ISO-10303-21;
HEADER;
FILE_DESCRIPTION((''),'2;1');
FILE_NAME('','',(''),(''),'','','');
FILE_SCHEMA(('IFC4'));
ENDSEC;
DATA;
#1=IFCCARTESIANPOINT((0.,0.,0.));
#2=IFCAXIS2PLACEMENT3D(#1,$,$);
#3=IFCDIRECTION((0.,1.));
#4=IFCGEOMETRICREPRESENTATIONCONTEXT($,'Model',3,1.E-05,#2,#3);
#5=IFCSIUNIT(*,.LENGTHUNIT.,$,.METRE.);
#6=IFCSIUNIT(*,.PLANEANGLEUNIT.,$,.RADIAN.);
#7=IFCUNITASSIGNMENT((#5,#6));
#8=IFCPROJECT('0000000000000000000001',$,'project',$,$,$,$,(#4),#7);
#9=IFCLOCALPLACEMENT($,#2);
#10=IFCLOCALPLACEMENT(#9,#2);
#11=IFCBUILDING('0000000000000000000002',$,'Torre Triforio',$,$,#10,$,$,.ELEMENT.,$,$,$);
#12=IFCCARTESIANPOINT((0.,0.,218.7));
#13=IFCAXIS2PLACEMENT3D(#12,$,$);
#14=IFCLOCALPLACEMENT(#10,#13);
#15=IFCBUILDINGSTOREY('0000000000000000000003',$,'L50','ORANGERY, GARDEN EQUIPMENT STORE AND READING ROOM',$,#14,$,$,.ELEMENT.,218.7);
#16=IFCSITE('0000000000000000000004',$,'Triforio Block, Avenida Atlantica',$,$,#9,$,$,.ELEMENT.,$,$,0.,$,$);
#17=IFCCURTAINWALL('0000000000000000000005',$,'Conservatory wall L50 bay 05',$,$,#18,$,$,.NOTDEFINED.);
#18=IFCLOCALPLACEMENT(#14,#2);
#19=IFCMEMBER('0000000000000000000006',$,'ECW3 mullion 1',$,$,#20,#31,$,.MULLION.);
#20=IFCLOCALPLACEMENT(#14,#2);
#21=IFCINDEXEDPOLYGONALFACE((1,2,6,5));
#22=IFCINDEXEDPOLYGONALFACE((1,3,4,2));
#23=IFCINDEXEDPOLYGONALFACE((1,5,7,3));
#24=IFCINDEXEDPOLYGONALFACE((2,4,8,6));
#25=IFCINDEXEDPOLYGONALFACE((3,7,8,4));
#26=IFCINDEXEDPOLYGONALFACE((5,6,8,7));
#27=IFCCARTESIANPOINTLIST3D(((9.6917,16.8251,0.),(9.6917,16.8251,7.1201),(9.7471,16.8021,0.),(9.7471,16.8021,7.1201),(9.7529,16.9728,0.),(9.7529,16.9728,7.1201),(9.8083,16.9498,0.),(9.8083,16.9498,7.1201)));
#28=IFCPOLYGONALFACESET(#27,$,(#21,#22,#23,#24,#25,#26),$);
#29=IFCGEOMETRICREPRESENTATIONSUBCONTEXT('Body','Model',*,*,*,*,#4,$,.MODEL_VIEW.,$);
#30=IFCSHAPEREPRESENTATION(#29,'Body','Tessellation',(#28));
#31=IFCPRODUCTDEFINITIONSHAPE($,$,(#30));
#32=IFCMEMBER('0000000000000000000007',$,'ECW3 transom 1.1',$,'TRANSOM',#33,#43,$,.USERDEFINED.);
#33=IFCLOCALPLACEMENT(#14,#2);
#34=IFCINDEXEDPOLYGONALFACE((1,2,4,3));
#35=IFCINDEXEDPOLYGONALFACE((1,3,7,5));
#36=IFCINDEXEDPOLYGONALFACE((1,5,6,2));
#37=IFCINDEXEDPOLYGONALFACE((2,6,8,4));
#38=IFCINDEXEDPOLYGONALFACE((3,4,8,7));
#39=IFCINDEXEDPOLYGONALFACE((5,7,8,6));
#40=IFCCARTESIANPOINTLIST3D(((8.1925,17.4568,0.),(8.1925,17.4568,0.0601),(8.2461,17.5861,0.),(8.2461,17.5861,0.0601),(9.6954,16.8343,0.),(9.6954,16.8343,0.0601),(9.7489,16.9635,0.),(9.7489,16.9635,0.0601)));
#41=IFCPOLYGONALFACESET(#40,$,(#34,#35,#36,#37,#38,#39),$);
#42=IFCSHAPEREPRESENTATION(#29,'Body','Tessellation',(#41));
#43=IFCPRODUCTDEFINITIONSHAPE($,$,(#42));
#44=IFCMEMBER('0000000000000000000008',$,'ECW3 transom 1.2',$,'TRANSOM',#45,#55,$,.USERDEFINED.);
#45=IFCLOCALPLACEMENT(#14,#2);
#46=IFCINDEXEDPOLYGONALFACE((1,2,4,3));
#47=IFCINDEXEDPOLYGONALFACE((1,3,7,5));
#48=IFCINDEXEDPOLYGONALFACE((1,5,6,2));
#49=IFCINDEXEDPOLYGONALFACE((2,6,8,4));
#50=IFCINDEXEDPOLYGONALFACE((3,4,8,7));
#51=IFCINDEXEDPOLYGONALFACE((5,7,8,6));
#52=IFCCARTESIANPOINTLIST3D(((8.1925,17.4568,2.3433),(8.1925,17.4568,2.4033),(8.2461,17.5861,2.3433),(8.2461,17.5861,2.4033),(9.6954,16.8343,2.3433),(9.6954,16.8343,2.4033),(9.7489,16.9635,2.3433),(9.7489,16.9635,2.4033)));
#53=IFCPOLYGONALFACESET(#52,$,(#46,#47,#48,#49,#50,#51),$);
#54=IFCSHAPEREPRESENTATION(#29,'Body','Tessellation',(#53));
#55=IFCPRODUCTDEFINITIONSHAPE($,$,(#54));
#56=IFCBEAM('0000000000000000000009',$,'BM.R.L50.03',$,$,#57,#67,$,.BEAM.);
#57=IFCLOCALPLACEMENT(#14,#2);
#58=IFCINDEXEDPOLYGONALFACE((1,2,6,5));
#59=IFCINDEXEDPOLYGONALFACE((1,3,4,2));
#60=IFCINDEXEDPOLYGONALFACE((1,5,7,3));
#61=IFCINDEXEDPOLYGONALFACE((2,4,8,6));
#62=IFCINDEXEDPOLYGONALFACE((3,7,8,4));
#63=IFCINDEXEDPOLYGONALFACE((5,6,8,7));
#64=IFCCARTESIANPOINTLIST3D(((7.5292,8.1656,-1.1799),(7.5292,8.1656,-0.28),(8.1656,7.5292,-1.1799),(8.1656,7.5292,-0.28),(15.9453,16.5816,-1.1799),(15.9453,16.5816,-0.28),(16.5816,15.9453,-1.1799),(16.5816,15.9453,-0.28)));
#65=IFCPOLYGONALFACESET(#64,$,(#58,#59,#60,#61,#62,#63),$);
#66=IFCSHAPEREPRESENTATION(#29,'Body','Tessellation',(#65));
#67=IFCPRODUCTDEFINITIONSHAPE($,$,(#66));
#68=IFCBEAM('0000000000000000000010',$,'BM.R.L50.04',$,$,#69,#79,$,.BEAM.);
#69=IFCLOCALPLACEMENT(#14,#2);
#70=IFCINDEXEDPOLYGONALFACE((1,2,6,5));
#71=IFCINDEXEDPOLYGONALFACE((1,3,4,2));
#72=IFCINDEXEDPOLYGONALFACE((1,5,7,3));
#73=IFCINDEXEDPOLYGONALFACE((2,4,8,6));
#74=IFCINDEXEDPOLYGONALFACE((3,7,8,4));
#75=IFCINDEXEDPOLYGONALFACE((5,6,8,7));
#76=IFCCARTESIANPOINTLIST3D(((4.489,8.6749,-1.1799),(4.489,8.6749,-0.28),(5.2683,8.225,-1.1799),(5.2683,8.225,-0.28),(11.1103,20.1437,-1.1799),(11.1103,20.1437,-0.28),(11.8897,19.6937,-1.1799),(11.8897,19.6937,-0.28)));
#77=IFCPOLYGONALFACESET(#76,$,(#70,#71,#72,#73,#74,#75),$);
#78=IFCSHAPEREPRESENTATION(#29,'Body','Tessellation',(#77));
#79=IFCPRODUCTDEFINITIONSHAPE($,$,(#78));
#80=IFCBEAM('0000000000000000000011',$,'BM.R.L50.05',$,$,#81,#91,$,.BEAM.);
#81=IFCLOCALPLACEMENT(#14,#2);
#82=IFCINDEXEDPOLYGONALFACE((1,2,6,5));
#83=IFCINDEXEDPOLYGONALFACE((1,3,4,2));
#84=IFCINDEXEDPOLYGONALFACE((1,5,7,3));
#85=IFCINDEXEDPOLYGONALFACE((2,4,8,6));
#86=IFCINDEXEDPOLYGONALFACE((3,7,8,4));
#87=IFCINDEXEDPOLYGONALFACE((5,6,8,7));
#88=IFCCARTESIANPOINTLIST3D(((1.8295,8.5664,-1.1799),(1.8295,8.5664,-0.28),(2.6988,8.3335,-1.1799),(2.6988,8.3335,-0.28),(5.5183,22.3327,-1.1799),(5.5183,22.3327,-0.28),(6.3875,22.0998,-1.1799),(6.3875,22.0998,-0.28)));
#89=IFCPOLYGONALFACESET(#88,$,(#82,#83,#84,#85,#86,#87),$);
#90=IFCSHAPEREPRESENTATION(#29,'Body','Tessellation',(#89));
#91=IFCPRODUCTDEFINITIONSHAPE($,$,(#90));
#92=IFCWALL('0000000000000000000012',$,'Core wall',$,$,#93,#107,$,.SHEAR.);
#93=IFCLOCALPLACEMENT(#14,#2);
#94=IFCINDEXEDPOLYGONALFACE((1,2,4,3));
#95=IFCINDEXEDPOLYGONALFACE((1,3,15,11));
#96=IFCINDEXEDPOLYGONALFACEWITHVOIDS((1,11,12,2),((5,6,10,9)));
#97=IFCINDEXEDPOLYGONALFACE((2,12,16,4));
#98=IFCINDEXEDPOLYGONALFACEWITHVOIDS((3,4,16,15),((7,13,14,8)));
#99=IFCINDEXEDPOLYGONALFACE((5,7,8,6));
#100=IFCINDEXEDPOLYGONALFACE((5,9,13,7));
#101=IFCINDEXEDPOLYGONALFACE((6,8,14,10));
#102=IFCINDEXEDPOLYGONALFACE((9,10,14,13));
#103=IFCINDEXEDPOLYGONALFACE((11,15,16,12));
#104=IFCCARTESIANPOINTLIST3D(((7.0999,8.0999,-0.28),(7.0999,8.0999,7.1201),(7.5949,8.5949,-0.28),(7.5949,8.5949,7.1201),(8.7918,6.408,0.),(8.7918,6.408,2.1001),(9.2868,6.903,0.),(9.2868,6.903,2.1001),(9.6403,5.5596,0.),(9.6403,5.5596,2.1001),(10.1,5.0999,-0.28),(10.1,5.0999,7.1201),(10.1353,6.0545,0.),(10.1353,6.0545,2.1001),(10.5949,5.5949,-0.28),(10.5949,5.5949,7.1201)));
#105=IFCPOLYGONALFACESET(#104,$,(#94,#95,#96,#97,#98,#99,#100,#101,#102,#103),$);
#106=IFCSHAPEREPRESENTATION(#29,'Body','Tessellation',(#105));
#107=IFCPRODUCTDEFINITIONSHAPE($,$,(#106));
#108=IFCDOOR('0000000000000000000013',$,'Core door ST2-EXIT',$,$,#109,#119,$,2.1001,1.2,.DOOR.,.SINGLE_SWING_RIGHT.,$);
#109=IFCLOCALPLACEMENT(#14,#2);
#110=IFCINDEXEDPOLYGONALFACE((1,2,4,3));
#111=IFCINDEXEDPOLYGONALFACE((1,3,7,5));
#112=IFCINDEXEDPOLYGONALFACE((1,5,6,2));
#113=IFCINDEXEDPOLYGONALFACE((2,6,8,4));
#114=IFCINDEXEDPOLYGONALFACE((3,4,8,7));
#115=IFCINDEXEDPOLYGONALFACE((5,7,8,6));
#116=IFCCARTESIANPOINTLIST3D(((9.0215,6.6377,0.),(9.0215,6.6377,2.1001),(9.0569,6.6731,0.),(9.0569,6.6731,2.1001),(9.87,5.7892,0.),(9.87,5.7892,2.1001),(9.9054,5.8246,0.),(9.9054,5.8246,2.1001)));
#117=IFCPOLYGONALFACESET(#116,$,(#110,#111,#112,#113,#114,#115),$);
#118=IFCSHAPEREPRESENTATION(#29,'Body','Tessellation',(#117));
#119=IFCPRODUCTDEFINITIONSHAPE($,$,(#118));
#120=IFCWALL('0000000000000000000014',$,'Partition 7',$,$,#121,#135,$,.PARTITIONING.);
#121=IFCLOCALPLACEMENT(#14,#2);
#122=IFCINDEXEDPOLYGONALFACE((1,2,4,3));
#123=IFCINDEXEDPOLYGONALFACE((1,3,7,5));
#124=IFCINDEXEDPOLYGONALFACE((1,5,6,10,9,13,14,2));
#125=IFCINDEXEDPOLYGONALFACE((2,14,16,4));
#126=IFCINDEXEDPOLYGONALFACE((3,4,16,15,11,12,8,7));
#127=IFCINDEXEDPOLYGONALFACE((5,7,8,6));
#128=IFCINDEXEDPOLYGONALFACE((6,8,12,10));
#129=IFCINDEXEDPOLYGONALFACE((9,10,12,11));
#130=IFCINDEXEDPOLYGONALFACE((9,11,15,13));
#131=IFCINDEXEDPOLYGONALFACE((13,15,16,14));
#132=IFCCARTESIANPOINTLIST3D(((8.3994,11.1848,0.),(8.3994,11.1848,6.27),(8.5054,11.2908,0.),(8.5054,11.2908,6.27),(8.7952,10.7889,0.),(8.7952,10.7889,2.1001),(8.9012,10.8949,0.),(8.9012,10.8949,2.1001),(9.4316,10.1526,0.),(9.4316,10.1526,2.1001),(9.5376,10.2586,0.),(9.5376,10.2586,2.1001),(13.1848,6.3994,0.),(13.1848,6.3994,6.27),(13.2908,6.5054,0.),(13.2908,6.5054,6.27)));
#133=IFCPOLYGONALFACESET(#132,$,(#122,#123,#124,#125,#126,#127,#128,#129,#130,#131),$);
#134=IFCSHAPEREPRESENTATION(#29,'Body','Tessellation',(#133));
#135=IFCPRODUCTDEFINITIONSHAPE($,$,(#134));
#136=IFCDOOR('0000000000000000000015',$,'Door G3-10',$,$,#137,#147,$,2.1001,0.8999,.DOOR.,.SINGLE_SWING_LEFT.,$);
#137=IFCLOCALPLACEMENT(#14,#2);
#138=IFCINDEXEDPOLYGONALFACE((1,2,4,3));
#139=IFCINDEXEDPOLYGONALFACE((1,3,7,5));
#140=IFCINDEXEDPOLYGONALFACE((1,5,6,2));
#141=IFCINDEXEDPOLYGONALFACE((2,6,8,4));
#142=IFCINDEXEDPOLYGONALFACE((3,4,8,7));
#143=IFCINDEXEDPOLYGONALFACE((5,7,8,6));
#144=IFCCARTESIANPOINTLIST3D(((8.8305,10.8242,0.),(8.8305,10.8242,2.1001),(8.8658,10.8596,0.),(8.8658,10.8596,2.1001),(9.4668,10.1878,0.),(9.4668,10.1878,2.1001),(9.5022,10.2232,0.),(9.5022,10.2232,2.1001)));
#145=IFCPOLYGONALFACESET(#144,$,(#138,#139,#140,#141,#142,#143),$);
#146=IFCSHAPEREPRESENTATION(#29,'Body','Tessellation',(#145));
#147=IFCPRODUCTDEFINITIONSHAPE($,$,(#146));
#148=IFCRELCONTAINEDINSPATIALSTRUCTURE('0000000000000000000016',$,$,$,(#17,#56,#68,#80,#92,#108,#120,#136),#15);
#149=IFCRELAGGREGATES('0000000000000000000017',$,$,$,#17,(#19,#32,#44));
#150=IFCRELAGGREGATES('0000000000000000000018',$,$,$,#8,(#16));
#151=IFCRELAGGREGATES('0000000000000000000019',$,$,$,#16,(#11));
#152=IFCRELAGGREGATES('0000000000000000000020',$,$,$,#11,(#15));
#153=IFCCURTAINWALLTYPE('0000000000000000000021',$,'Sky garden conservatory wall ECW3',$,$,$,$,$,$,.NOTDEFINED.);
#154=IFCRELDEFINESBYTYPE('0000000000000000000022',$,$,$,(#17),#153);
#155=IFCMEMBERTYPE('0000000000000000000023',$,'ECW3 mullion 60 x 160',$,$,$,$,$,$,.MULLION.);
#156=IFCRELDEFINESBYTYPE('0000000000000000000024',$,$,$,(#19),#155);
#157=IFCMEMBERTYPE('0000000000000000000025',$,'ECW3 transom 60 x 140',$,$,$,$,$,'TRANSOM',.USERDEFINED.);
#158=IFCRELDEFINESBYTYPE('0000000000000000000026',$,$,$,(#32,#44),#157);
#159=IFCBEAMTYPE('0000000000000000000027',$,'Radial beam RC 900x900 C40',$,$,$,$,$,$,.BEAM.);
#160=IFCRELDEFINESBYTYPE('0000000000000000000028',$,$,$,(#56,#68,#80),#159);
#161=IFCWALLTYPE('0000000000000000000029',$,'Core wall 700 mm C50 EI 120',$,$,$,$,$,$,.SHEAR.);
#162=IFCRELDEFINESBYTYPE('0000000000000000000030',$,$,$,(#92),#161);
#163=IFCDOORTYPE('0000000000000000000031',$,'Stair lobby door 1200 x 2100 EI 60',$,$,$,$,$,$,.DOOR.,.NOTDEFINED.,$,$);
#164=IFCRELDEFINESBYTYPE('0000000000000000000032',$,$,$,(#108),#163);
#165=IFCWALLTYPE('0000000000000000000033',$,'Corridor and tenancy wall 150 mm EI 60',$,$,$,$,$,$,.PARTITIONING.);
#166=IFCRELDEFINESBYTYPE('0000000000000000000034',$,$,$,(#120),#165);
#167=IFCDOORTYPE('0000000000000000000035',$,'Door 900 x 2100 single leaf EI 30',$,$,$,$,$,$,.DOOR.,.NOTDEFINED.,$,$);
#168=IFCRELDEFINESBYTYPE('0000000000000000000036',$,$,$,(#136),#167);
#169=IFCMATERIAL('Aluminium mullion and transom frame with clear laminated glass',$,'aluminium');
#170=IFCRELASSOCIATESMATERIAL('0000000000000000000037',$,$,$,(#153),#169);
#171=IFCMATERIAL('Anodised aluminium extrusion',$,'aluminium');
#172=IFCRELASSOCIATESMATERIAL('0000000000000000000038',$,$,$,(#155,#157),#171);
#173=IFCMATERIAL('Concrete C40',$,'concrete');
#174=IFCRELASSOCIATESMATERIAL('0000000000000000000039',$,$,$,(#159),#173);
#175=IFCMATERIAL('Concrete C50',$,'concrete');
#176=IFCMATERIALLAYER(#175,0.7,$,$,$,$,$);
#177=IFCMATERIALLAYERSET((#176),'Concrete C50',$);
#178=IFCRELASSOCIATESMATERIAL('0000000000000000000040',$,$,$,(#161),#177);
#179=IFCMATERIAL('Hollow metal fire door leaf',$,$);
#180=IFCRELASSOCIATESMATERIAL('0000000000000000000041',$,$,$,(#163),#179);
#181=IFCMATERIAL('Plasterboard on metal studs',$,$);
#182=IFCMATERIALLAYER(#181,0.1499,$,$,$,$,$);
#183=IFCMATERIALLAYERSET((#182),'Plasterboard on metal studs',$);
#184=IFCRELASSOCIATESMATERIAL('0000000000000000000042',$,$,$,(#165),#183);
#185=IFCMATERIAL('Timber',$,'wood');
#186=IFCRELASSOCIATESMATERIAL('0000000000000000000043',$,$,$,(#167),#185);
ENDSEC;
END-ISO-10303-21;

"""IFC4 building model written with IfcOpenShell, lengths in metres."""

from ifc_helpers import new_model, si_unit, direction, frame, frame_2d, origin, origin_2d, place, context, subcontext, project, spatial, rectangle, extrude, material, layer, layer_set, material_profile, profile_set, type_object, element, fill, aggregate, save


model = new_model("IFC4")

# Units and contexts
model_context = context("Model", 3, precision=1e-05, world=origin(), true_north=direction((0.0, 1.0)))
body_context = subcontext(model_context, "Body", "Model", "MODEL_VIEW")
ifc_project = project(units=[si_unit("LENGTHUNIT", "METRE"), si_unit("PLANEANGLEUNIT", "RADIAN")], contexts=[model_context])

# Site, building, storey
site_placement = place(None, origin())
site = spatial("IfcSite", under=ifc_project, at=site_placement, Name="Triforio Block, Avenida Atlantica", CompositionType="ELEMENT", RefElevation=0.0)
building_placement = place(site_placement, origin())
building = spatial("IfcBuilding", under=site, at=building_placement, Name="Torre Triforio", CompositionType="ELEMENT")
storey_placement = place(building_placement, frame((0.0, 0.0, 218.7)))
storey = spatial("IfcBuildingStorey", under=building, at=storey_placement, Name="L50", Description="ORANGERY, GARDEN EQUIPMENT STORE AND READING ROOM", CompositionType="ELEMENT", Elevation=218.7)

# Curtain wall, members
ifc_material_1 = material(Name="Aluminium mullion and transom frame with clear laminated glass", Category="aluminium")
curtain_wall_type = type_object("IfcCurtainWallType", Name="Sky garden conservatory wall ECW3", PredefinedType="NOTDEFINED", material=ifc_material_1)
curtain_wall_placement = place(storey_placement, origin())
curtain_wall = element("IfcCurtainWall", 1, at=curtain_wall_placement, inside=storey, type_object=curtain_wall_type, Name="Conservatory wall L50 bay 05", PredefinedType="NOTDEFINED")
ifc_material_2 = material(Name="Anodised aluminium extrusion", Category="aluminium")
ifc_material_profile_1 = material_profile(ifc_material_2, rectangle(XDim=0.1599, YDim=0.0601, at=origin_2d()), Name="ECW3 MULLION 60x160")
ifc_profile_set_1 = profile_set([ifc_material_profile_1], Name="Anodised aluminium extrusion")
member_type_1 = type_object("IfcMemberType", Name="ECW3 mullion 60 x 160", PredefinedType="MULLION", material=ifc_profile_set_1)
member_1_placement = place(storey_placement, frame((9.75, 16.8875, 0.0), z_axis=(0.0, 0.0, 1.0), x_axis=(-0.382684, -0.923879, 0.0)))
member_1 = element("IfcMember", 2, at=member_1_placement, type_object=member_type_1, Name="ECW3 mullion 1", PredefinedType="MULLION", context=body_context, shape_type="SweptSolid", body=[
    extrude(rectangle(XDim=0.1599, YDim=0.0601, at=origin_2d()), origin(), (0.0, 0.0, 1.0), 7.1201),
])
ifc_material_profile_2 = material_profile(ifc_material_2, rectangle(XDim=0.1399, YDim=0.0601, at=origin_2d()), Name="ECW3 TRANSOM 60x140")
ifc_profile_set_2 = profile_set([ifc_material_profile_2], Name="Anodised aluminium extrusion")
member_type_2 = type_object("IfcMemberType", Name="ECW3 transom 60 x 140", ElementType="TRANSOM", PredefinedType="USERDEFINED", material=ifc_profile_set_2)
member_2_placement = place(storey_placement, frame((9.7222, 16.8989, 0.03), z_axis=(-0.923874, 0.382696, 0.0), x_axis=(-0.382696, -0.923874, 0.0)))
member_2 = element("IfcMember", 3, at=member_2_placement, type_object=member_type_2, Name="ECW3 transom 1.1", ObjectType="TRANSOM", PredefinedType="USERDEFINED", context=body_context, shape_type="SweptSolid", body=[
    extrude(rectangle(XDim=0.1399, YDim=0.0601, at=origin_2d()), origin(), (0.0, 0.0, 1.0), 1.6267),
])
member_3_placement = place(storey_placement, frame((9.7222, 16.8989, 2.3733), z_axis=(-0.923874, 0.382696, 0.0), x_axis=(-0.382696, -0.923874, 0.0)))
member_3 = element("IfcMember", 4, at=member_3_placement, type_object=member_type_2, Name="ECW3 transom 1.2", ObjectType="TRANSOM", PredefinedType="USERDEFINED", context=body_context, shape_type="SweptSolid", body=[
    extrude(rectangle(XDim=0.1399, YDim=0.0601, at=origin_2d()), origin(), (0.0, 0.0, 1.0), 1.6267),
])
aggregate(curtain_wall, [member_1, member_2, member_3])

# Beams
ifc_material_3 = material(Name="Concrete C40", Category="concrete")
ifc_material_profile_3 = material_profile(ifc_material_3, rectangle(XDim=0.8999, YDim=0.8999, at=origin_2d()), Name="RC 900x900")
ifc_profile_set_3 = profile_set([ifc_material_profile_3], Name="Concrete C40")
beam_type = type_object("IfcBeamType", Name="Radial beam RC 900x900 C40", PredefinedType="BEAM", material=ifc_profile_set_3)
beam_1_placement = place(storey_placement, frame((7.8474, 7.8474, -0.73), z_axis=(0.707107, 0.707107, 0.0), x_axis=(-0.707107, 0.707107, 0.0)))
element("IfcBeam", 5, at=beam_1_placement, inside=storey, type_object=beam_type, Name="BM.R.L50.03", PredefinedType="BEAM", context=body_context, shape_type="SweptSolid", body=[
    extrude(rectangle(XDim=0.8999, YDim=0.8999, at=origin_2d()), origin(), (0.0, 0.0, 1.0), 11.9021),
])
beam_2_placement = place(storey_placement, frame((4.8787, 8.45, -0.73), z_axis=(0.499992, 0.86603, 0.0), x_axis=(-0.86603, 0.499992, 0.0)))
element("IfcBeam", 6, at=beam_2_placement, inside=storey, type_object=beam_type, Name="BM.R.L50.04", PredefinedType="BEAM", context=body_context, shape_type="SweptSolid", body=[
    extrude(rectangle(XDim=0.8999, YDim=0.8999, at=origin_2d()), origin(), (0.0, 0.0, 1.0), 13.2429),
])
beam_3_placement = place(storey_placement, frame((2.2642, 8.45, -0.73), z_axis=(0.258821, 0.965925, 0.0), x_axis=(-0.965925, 0.258821, 0.0)))
element("IfcBeam", 7, at=beam_3_placement, inside=storey, type_object=beam_type, Name="BM.R.L50.05", PredefinedType="BEAM", context=body_context, shape_type="SweptSolid", body=[
    extrude(rectangle(XDim=0.8999, YDim=0.8999, at=origin_2d()), origin(), (0.0, 0.0, 1.0), 14.252),
])

# Walls, openings, doors
ifc_material_4 = material(Name="Concrete C50", Category="concrete")
ifc_layer_1 = layer(ifc_material_4, 0.7)
ifc_layer_set_1 = layer_set([ifc_layer_1], Name="Concrete C50")
wall_type_1 = type_object("IfcWallType", Name="Core wall 700 mm C50 EI 120", PredefinedType="SHEAR", material=ifc_layer_set_1)
wall_1_placement = place(storey_placement, frame((7.3474, 8.3474, -0.28), z_axis=(0.0, 0.0, 1.0), x_axis=(0.707107, -0.707107, 0.0)))
wall_1 = element("IfcWall", 8, at=wall_1_placement, inside=storey, type_object=wall_type_1, Name="Core wall", PredefinedType="SHEAR", context=body_context, shape_type="SweptSolid", body=[
    extrude(rectangle(XDim=4.2427, YDim=0.7, at=frame_2d((2.1213, 0.0))), origin(), (0.0, 0.0, 1.0), 7.4001),
])
opening_1_placement = place(wall_1_placement, frame((2.3926, 0.0, 0.28)))
opening_1 = element("IfcOpeningElement", 9, at=opening_1_placement, cuts=wall_1, PredefinedType="OPENING", context=body_context, shape_type="SweptSolid", body=[
    extrude(rectangle(XDim=1.2, YDim=2.1001, at=frame_2d((0.6001, 1.05))), frame((0.0, 0.3599, 0.0), z_axis=(0.0, -1.0, 0.0), x_axis=(1.0, 0.0, 0.0)), (0.0, 0.0, 1.0), 0.72),
])
ifc_material_5 = material(Name="Hollow metal fire door leaf")
door_type_1 = type_object("IfcDoorType", Name="Stair lobby door 1200 x 2100 EI 60", OperationType="NOTDEFINED", PredefinedType="DOOR", material=ifc_material_5)
door_1_placement = place(opening_1_placement, origin())
door_1 = element("IfcDoor", 10, at=door_1_placement, inside=storey, type_object=door_type_1, Name="Core door ST2-EXIT", OperationType="SINGLE_SWING_RIGHT", OverallHeight=2.1001, OverallWidth=1.2, PredefinedType="DOOR", context=body_context, shape_type="SweptSolid", body=[
    extrude(rectangle(XDim=1.2, YDim=2.1001, at=frame_2d((0.6001, 1.05))), frame((0.0, 0.0249, 0.0), z_axis=(0.0, -1.0, 0.0), x_axis=(1.0, 0.0, 0.0)), (0.0, 0.0, 1.0), 0.05),
])
fill(opening_1, door_1)
ifc_material_6 = material(Name="Plasterboard on metal studs")
ifc_layer_2 = layer(ifc_material_6, 0.1499)
ifc_layer_set_2 = layer_set([ifc_layer_2], Name="Plasterboard on metal studs")
wall_type_2 = type_object("IfcWallType", Name="Corridor and tenancy wall 150 mm EI 60", PredefinedType="PARTITIONING", material=ifc_layer_set_2)
wall_2_placement = place(storey_placement, frame((8.4524, 11.2378, 0.0), z_axis=(0.0, 0.0, 1.0), x_axis=(0.707107, -0.707107, 0.0)))
wall_2 = element("IfcWall", 11, at=wall_2_placement, inside=storey, type_object=wall_type_2, Name="Partition 7", PredefinedType="PARTITIONING", context=body_context, shape_type="SweptSolid", body=[
    extrude(rectangle(XDim=6.7676, YDim=0.1499, at=frame_2d((3.3838, 0.0))), origin(), (0.0, 0.0, 1.0), 6.27),
])
opening_2_placement = place(wall_2_placement, frame((0.5598, 0.0, 0.0)))
opening_2 = element("IfcOpeningElement", 12, at=opening_2_placement, cuts=wall_2, PredefinedType="OPENING", context=body_context, shape_type="SweptSolid", body=[
    extrude(rectangle(XDim=0.8999, YDim=2.1001, at=frame_2d((0.45, 1.05))), frame((0.0, 0.085, 0.0), z_axis=(0.0, -1.0, 0.0), x_axis=(1.0, 0.0, 0.0)), (0.0, 0.0, 1.0), 0.1699),
])
ifc_material_7 = material(Name="Timber", Category="wood")
door_type_2 = type_object("IfcDoorType", Name="Door 900 x 2100 single leaf EI 30", OperationType="NOTDEFINED", PredefinedType="DOOR", material=ifc_material_7)
door_2_placement = place(opening_2_placement, origin())
door_2 = element("IfcDoor", 13, at=door_2_placement, inside=storey, type_object=door_type_2, Name="Door G3-10", OperationType="SINGLE_SWING_LEFT", OverallHeight=2.1001, OverallWidth=0.8999, PredefinedType="DOOR", context=body_context, shape_type="SweptSolid", body=[
    extrude(rectangle(XDim=0.8999, YDim=2.1001, at=frame_2d((0.45, 1.05))), frame((0.0, 0.0249, 0.0), z_axis=(0.0, -1.0, 0.0), x_axis=(1.0, 0.0, 0.0)), (0.0, 0.0, 1.0), 0.05),
])
fill(opening_2, door_2)

save(model, "model.ifc")
